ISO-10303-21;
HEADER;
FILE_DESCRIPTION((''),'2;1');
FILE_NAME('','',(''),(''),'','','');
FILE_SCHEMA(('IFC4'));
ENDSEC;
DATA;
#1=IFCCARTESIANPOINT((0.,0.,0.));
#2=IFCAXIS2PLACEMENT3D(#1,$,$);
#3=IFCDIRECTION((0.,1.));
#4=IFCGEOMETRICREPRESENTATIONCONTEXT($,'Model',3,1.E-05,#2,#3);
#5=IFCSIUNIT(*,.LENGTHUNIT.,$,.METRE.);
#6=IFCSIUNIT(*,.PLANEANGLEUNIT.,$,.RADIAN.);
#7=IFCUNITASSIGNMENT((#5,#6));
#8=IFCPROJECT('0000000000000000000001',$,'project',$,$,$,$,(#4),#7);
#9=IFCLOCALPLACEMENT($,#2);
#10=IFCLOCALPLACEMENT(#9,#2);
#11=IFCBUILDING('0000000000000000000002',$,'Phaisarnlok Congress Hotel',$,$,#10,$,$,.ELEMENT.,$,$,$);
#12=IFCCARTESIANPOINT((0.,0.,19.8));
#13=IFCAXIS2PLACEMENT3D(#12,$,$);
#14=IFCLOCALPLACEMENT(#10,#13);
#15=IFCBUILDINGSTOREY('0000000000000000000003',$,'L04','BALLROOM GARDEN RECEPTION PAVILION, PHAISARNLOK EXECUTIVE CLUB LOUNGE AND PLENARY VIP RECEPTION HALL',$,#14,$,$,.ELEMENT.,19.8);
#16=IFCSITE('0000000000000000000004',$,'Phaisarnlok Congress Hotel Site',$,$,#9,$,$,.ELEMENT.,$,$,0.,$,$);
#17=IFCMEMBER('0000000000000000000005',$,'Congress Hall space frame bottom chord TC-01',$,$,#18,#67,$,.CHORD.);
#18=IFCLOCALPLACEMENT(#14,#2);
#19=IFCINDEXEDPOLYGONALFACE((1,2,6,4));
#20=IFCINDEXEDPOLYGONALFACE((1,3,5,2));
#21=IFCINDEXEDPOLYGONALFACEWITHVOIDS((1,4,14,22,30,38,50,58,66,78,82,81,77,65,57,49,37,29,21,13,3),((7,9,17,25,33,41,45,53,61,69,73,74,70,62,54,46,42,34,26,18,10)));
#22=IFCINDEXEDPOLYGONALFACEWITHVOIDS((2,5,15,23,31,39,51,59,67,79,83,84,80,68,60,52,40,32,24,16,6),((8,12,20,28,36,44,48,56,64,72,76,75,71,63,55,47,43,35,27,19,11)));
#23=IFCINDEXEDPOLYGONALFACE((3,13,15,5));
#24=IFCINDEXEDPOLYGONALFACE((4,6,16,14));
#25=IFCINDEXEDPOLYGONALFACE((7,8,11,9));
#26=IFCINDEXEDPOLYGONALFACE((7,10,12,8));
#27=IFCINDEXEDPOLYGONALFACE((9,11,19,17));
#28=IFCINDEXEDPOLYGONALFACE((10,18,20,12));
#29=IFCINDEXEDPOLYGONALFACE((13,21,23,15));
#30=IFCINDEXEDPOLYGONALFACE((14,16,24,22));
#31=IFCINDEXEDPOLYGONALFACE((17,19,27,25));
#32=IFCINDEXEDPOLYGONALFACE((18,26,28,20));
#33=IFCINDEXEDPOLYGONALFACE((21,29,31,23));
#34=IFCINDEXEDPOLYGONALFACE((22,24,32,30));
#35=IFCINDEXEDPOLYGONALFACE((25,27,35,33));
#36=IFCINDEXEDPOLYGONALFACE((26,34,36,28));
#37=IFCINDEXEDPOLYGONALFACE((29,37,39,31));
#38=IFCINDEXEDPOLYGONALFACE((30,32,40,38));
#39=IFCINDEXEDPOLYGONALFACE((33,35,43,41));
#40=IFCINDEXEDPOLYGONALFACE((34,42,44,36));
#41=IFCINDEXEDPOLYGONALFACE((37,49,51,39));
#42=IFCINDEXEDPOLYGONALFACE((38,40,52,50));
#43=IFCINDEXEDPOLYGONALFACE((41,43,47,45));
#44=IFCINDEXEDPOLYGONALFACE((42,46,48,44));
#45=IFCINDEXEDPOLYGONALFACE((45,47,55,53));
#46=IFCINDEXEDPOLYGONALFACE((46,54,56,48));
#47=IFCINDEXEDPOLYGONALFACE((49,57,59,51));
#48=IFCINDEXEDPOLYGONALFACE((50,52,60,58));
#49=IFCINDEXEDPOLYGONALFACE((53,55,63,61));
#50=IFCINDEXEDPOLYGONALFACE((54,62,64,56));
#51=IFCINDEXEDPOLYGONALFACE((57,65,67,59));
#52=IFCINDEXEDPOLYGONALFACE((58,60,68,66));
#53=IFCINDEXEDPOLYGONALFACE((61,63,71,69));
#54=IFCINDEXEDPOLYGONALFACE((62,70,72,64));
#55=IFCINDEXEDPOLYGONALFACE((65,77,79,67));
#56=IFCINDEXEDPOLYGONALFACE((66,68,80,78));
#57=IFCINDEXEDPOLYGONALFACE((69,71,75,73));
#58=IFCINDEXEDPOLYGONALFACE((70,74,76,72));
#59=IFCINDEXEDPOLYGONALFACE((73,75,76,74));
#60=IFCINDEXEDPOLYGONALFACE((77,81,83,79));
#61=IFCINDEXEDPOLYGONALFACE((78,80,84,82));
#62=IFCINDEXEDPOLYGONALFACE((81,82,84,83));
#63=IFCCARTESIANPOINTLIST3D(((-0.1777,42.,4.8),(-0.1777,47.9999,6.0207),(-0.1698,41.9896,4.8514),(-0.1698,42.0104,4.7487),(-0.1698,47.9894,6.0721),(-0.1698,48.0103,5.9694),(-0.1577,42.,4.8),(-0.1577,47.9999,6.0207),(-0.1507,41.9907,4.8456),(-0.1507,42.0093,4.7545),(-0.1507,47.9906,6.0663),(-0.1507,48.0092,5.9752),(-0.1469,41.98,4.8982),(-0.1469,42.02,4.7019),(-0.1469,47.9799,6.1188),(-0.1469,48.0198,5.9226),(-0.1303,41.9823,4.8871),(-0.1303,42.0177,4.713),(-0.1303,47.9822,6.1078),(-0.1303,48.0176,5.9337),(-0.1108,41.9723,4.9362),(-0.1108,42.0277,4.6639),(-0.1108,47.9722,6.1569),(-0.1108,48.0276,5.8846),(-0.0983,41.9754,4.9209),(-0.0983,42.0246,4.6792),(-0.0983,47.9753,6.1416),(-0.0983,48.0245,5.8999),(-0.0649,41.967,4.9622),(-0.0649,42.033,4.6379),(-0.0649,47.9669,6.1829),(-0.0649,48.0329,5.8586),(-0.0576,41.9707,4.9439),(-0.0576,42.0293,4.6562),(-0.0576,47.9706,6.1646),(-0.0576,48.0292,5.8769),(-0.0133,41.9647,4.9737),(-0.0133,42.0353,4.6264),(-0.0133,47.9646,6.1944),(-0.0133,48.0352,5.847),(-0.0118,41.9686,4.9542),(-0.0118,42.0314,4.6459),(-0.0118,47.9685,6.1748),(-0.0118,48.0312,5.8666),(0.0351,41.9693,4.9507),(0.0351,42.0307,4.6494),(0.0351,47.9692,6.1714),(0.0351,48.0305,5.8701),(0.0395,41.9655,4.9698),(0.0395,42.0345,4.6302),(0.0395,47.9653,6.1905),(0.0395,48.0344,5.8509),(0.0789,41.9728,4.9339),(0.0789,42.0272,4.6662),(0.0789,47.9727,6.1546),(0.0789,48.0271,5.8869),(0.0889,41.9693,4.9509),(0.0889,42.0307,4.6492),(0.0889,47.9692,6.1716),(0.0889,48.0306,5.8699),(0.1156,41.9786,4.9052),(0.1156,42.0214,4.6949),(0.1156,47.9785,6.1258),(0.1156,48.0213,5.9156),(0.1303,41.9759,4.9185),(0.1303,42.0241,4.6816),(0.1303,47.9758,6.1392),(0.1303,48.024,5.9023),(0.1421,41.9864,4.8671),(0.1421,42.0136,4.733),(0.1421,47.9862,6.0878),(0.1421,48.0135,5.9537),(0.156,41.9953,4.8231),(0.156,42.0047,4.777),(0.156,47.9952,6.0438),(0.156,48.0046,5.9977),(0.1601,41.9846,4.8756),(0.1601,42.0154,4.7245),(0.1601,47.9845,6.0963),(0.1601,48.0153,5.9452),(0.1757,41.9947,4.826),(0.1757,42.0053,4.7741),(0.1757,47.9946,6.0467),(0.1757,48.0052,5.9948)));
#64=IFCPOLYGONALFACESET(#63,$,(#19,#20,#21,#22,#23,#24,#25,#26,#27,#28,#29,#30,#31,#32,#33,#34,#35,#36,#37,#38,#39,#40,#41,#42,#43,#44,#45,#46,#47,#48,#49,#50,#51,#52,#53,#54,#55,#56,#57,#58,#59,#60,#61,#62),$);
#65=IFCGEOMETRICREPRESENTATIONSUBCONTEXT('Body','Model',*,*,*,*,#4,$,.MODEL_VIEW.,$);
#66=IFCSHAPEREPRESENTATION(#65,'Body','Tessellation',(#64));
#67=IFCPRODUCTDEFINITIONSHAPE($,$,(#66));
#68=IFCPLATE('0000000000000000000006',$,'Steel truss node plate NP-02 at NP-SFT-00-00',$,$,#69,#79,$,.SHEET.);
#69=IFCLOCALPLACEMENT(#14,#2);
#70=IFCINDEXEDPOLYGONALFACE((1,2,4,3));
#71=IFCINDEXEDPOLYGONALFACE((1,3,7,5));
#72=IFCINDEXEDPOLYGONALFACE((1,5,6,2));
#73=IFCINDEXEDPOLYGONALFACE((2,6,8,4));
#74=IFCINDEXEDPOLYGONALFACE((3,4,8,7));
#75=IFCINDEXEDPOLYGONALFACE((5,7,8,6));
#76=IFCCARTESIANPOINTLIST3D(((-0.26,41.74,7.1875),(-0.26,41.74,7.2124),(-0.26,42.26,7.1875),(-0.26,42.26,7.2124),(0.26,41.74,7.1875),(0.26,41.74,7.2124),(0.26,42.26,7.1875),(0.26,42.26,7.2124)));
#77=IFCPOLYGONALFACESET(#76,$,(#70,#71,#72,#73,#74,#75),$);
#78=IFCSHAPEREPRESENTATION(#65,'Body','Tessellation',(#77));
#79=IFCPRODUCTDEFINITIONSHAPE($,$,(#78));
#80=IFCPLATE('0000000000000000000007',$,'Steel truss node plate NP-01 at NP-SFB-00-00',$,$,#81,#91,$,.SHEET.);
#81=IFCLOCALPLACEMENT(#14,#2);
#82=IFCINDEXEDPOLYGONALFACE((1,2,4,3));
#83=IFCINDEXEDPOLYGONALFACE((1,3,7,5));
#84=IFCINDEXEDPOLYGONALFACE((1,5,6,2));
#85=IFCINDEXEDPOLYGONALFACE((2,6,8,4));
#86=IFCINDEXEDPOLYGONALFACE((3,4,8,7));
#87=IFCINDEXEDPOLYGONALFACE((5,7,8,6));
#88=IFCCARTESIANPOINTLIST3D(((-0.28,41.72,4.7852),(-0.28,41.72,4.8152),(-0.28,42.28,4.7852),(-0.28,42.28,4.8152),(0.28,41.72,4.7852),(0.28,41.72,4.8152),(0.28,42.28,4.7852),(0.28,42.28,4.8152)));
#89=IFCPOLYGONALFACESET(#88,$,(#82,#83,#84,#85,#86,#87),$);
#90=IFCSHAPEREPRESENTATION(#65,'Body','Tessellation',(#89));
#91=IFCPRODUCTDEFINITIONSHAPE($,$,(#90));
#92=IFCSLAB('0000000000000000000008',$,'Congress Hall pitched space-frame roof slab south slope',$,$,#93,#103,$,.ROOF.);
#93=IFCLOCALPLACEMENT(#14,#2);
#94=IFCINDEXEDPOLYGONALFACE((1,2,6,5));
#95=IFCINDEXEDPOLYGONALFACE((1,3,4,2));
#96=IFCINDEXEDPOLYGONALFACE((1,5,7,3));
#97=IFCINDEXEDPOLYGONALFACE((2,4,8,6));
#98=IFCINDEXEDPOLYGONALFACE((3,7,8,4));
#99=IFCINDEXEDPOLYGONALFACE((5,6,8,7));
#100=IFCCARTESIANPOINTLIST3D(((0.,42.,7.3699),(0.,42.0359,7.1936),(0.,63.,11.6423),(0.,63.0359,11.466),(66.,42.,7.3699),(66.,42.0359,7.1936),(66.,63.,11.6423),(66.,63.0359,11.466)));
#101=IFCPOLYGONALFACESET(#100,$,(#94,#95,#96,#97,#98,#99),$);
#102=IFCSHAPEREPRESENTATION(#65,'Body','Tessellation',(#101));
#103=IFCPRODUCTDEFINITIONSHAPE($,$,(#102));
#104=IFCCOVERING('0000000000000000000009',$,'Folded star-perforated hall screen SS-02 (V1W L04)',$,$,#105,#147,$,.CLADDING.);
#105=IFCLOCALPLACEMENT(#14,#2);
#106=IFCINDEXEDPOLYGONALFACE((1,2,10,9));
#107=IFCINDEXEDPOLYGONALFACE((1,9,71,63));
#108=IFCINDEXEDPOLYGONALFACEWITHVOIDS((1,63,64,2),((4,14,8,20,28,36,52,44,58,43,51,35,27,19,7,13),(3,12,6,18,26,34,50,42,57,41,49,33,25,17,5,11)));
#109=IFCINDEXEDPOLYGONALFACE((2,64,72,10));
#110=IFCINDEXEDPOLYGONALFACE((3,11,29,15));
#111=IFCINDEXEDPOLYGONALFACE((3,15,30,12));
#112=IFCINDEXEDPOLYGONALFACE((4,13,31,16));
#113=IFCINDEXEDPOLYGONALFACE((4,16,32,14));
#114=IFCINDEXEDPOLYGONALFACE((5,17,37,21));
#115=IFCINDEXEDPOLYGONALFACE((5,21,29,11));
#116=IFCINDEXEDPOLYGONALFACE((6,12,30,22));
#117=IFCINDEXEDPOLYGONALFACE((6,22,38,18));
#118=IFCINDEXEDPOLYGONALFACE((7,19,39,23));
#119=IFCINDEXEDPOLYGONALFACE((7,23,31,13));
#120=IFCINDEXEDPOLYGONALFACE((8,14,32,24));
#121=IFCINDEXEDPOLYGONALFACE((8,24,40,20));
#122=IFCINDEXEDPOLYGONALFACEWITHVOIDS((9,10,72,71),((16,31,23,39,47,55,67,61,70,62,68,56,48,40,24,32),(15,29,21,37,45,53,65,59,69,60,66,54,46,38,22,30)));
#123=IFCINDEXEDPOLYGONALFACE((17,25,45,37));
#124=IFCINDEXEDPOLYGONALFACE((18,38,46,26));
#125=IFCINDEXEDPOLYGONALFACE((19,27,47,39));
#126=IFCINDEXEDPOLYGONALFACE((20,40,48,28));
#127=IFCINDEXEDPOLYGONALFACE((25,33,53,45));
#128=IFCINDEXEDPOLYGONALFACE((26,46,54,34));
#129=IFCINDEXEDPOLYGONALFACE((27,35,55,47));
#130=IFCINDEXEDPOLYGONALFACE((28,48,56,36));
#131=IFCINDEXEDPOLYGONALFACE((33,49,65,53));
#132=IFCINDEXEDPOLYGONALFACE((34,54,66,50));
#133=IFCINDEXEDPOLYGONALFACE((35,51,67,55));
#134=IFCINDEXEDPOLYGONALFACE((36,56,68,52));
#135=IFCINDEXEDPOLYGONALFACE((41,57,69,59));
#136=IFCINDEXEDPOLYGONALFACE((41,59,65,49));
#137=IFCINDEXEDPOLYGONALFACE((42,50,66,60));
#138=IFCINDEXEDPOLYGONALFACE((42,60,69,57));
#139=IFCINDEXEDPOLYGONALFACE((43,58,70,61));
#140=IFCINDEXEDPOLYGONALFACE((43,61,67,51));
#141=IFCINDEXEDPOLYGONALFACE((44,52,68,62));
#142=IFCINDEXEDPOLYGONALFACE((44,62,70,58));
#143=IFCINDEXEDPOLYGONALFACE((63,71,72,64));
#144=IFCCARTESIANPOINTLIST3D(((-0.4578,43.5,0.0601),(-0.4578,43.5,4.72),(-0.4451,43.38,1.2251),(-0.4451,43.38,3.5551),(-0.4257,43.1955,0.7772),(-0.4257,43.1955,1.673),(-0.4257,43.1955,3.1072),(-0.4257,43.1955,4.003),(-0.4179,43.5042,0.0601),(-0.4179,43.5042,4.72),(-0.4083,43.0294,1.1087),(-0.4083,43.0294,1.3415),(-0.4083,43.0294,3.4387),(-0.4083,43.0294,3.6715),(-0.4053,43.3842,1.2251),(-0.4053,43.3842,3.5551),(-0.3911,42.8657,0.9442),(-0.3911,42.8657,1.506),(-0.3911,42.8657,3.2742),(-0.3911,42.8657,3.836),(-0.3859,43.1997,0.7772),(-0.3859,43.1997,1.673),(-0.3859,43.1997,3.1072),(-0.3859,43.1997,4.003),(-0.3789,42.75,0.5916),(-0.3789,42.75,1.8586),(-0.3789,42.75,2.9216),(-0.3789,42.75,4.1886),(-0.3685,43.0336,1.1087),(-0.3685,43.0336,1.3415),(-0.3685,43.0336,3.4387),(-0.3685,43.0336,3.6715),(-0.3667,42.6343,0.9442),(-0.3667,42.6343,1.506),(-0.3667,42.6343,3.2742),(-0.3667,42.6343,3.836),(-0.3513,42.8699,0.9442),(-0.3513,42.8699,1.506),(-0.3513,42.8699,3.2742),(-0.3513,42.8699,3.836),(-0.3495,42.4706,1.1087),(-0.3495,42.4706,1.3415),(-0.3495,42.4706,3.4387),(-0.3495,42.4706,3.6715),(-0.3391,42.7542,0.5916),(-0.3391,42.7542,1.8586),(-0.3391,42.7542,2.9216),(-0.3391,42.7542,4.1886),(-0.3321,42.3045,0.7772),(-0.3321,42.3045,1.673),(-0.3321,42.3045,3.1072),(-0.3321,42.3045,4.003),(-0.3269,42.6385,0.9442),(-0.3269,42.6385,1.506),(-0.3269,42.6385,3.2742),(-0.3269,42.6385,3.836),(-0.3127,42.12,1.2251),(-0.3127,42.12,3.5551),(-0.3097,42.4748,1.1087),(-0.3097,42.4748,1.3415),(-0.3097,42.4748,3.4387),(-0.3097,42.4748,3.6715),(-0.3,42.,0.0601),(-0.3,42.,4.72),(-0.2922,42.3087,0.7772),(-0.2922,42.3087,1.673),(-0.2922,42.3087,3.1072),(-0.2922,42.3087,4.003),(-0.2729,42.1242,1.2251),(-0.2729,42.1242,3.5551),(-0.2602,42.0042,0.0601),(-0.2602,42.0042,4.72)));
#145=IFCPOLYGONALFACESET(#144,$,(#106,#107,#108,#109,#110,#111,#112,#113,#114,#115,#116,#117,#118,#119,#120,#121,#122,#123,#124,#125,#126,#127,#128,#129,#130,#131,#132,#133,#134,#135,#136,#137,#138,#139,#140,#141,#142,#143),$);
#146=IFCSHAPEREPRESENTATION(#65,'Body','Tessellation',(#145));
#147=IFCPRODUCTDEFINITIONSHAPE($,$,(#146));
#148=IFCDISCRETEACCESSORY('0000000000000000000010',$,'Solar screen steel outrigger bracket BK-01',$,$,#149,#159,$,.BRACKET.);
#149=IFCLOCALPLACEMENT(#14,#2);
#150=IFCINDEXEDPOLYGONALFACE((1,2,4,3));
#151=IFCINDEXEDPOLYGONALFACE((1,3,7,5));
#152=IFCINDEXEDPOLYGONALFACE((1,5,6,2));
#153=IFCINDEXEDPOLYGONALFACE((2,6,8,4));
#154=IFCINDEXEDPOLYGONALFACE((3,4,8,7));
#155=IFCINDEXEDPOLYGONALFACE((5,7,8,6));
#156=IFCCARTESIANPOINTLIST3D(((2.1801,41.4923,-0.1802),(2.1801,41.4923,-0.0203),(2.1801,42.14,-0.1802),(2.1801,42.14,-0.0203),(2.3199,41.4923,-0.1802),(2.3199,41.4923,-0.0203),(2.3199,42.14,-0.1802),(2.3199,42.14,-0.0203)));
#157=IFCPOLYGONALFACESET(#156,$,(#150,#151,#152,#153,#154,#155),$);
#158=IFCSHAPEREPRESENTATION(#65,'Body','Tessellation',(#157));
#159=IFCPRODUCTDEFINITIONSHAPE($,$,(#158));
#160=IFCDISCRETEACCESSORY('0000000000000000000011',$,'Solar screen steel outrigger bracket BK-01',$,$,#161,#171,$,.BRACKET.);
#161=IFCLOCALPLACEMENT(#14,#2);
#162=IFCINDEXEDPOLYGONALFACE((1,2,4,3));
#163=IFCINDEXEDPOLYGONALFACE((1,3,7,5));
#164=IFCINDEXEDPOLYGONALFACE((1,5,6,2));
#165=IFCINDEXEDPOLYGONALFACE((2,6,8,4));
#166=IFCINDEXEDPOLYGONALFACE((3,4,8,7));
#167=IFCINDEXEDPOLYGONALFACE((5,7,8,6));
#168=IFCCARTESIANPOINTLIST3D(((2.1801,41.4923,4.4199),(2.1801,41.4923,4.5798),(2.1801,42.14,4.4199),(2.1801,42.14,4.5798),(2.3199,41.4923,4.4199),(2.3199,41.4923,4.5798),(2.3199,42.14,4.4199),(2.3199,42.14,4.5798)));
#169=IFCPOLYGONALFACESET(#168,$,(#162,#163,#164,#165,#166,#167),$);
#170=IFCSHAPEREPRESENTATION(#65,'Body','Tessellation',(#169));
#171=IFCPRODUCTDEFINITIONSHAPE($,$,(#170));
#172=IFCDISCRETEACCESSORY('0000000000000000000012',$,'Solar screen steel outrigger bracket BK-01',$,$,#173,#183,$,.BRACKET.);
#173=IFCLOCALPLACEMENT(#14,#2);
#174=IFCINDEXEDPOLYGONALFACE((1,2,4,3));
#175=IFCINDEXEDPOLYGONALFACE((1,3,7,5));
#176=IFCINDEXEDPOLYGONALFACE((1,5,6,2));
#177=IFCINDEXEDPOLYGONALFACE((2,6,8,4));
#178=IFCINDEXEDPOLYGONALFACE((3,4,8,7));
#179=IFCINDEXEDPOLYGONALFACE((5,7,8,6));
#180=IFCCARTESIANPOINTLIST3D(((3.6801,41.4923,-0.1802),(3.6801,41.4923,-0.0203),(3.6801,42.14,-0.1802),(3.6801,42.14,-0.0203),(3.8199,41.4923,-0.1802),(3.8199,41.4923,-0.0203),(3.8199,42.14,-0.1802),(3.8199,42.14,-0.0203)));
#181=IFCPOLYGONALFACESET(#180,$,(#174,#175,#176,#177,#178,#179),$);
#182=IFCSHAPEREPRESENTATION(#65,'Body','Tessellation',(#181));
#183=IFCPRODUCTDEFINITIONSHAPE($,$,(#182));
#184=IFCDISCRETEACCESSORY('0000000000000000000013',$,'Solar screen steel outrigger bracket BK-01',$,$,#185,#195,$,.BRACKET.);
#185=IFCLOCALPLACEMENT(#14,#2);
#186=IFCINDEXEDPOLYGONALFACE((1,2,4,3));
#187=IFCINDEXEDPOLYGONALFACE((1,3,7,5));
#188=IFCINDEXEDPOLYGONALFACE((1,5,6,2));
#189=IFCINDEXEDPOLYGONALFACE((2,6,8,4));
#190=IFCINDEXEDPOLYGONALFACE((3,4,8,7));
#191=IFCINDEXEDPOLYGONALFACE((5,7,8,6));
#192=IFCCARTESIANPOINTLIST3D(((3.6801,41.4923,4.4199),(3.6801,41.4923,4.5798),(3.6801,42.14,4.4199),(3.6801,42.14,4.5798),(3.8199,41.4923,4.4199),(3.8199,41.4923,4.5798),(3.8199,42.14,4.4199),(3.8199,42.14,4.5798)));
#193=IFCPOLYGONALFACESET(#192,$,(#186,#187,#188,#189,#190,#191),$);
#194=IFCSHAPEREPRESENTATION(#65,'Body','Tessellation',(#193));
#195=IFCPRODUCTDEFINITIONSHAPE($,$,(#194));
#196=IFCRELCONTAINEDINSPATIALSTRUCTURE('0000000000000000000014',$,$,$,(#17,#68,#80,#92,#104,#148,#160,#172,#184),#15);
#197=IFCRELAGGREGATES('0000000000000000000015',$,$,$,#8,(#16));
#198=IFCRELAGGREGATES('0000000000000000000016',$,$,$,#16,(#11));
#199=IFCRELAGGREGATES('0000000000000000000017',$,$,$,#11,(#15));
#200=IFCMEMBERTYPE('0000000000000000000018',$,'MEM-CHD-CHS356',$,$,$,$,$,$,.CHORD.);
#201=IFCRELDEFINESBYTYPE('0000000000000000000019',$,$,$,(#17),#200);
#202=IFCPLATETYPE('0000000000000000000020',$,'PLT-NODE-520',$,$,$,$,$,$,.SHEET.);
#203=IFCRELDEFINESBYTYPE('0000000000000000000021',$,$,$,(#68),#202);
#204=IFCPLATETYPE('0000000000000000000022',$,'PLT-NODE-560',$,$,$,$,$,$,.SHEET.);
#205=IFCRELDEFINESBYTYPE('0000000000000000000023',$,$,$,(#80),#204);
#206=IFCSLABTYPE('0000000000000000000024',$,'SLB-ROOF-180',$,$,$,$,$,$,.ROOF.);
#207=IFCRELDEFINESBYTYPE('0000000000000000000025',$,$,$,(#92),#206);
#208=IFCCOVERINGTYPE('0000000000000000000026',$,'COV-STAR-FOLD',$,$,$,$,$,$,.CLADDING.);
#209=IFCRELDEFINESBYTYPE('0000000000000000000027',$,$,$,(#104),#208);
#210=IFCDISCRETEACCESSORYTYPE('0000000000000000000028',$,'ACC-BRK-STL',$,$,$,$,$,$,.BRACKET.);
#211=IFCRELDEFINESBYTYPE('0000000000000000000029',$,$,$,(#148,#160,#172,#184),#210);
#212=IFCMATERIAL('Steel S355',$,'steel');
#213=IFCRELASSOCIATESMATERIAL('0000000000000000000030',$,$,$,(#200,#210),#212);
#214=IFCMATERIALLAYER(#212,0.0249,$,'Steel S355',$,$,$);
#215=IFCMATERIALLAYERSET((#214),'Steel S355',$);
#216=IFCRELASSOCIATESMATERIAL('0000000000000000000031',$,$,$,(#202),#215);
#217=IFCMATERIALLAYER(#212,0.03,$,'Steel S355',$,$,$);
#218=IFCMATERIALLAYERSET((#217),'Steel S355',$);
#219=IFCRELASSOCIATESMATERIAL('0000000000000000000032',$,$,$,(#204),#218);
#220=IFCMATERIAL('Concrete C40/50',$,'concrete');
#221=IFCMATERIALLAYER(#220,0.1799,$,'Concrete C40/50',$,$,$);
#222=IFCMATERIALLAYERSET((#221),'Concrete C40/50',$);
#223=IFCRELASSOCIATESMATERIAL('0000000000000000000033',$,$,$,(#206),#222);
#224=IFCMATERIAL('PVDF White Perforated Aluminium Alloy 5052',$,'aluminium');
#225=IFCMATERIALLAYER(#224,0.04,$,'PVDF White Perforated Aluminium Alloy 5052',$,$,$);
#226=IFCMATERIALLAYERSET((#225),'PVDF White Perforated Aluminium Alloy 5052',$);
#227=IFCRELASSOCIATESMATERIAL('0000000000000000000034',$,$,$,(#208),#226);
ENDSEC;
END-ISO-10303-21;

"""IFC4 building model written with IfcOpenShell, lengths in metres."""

from ifc_helpers import new_model, si_unit, direction, frame, origin, origin_2d, place, context, subcontext, project, spatial, polyline, rectangle, hollow_circle, outline, extrude, material, layer, layer_set, material_profile, profile_set, type_object, element, save


model = new_model("IFC4")

# Units and contexts
model_context = context("Model", 3, precision=1e-05, world=origin(), true_north=direction((0.0, 1.0)))
body_context = subcontext(model_context, "Body", "Model", "MODEL_VIEW")
ifc_project = project(units=[si_unit("LENGTHUNIT", "METRE"), si_unit("PLANEANGLEUNIT", "RADIAN")], contexts=[model_context])

# Site, building, storey
site_placement = place(None, origin())
site = spatial("IfcSite", under=ifc_project, at=site_placement, Name="Phaisarnlok Congress Hotel Site", CompositionType="ELEMENT", RefElevation=0.0)
building_placement = place(site_placement, origin())
building = spatial("IfcBuilding", under=site, at=building_placement, Name="Phaisarnlok Congress Hotel", CompositionType="ELEMENT")
storey_placement = place(building_placement, frame((0.0, 0.0, 19.8)))
storey = spatial("IfcBuildingStorey", under=building, at=storey_placement, Name="L04", Description="BALLROOM GARDEN RECEPTION PAVILION, PHAISARNLOK EXECUTIVE CLUB LOUNGE AND PLENARY VIP RECEPTION HALL", CompositionType="ELEMENT", Elevation=19.8)

# Member
ifc_material_1 = material(Name="Steel S355", Category="steel")
ifc_material_profile_1 = material_profile(ifc_material_1, hollow_circle(Radius=0.1777, WallThickness=0.02, at=origin_2d()), Name="CHS 355.6x20")
ifc_profile_set_1 = profile_set([ifc_material_profile_1], Name="Steel S355")
member_type_1 = type_object("IfcMemberType", Name="MEM-CHD-CHS356", PredefinedType="CHORD", material=ifc_profile_set_1)
member_1_placement = place(storey_placement, frame((0.0, 42.0, 4.8), z_axis=(0.0, 0.979925, 0.199366), x_axis=(-1.0, 0.0, 0.0)))
element("IfcMember", 1, at=member_1_placement, inside=storey, type_object=member_type_1, Name="Congress Hall space frame bottom chord TC-01", PredefinedType="CHORD", context=body_context, shape_type="SweptSolid", body=[
    extrude(hollow_circle(Radius=0.1777, WallThickness=0.02, at=origin_2d()), origin(), (0.0, 0.0, 1.0), 6.1228),
])

# Plates
ifc_layer_1 = layer(ifc_material_1, 0.0249, Name="Steel S355")
ifc_layer_set_1 = layer_set([ifc_layer_1], Name="Steel S355")
plate_type_1 = type_object("IfcPlateType", Name="PLT-NODE-520", PredefinedType="SHEET", material=ifc_layer_set_1)
plate_1_placement = place(storey_placement, frame((0.0, 42.0, 7.1875), z_axis=(0.0, 0.0, 1.0), x_axis=(1.0, 0.0, 0.0)))
element("IfcPlate", 2, at=plate_1_placement, inside=storey, type_object=plate_type_1, Name="Steel truss node plate NP-02 at NP-SFT-00-00", PredefinedType="SHEET", context=body_context, shape_type="SweptSolid", body=[
    extrude(rectangle(XDim=0.52, YDim=0.52, at=origin_2d()), origin(), (0.0, 0.0, 1.0), 0.0249),
])
ifc_layer_2 = layer(ifc_material_1, 0.03, Name="Steel S355")
ifc_layer_set_2 = layer_set([ifc_layer_2], Name="Steel S355")
plate_type_2 = type_object("IfcPlateType", Name="PLT-NODE-560", PredefinedType="SHEET", material=ifc_layer_set_2)
plate_2_placement = place(storey_placement, frame((0.0, 42.0, 4.7852), z_axis=(0.0, 0.0, 1.0), x_axis=(1.0, 0.0, 0.0)))
element("IfcPlate", 3, at=plate_2_placement, inside=storey, type_object=plate_type_2, Name="Steel truss node plate NP-01 at NP-SFB-00-00", PredefinedType="SHEET", context=body_context, shape_type="SweptSolid", body=[
    extrude(rectangle(XDim=0.5601, YDim=0.5601, at=origin_2d()), origin(), (0.0, 0.0, 1.0), 0.03),
])

# Slab
ifc_material_2 = material(Name="Concrete C40/50", Category="concrete")
ifc_layer_3 = layer(ifc_material_2, 0.1799, Name="Concrete C40/50")
ifc_layer_set_3 = layer_set([ifc_layer_3], Name="Concrete C40/50")
slab_type = type_object("IfcSlabType", Name="SLB-ROOF-180", PredefinedType="ROOF", material=ifc_layer_set_3)
slab_placement = place(storey_placement, frame((0.0, 42.0, 7.3699), z_axis=(0.0, -0.199366, 0.979925), x_axis=(1.0, 0.0, 0.0)))
element("IfcSlab", 4, at=slab_placement, inside=storey, type_object=slab_type, Name="Congress Hall pitched space-frame roof slab south slope", PredefinedType="ROOF", context=body_context, shape_type="SweptSolid", body=[
    extrude(outline(polyline([(0.0, 0.0), (66.0, 0.0), (66.0, 21.4302), (0.0, 21.4302), (0.0, 0.0)])), origin(), (0.0, 0.0, -1.0), 0.1799),
])

# Covering
ifc_material_3 = material(Name="PVDF White Perforated Aluminium Alloy 5052", Category="aluminium")
ifc_layer_4 = layer(ifc_material_3, 0.04, Name="PVDF White Perforated Aluminium Alloy 5052")
ifc_layer_set_4 = layer_set([ifc_layer_4], Name="PVDF White Perforated Aluminium Alloy 5052")
covering_type = type_object("IfcCoveringType", Name="COV-STAR-FOLD", PredefinedType="CLADDING", material=ifc_layer_set_4)
covering_placement = place(storey_placement, frame((-0.3, 42.0, 0.0601), z_axis=(0.994518, 0.104567, 0.0), x_axis=(-0.104567, 0.994518, 0.0)))
element("IfcCovering", 5, at=covering_placement, inside=storey, type_object=covering_type, Name="Folded star-perforated hall screen SS-02 (V1W L04)", PredefinedType="CLADDING", context=body_context, shape_type="SweptSolid", body=[
    extrude(outline(polyline([(0.0, 0.0), (1.5083, 0.0), (1.5083, 4.6599), (0.0, 4.6599), (0.0, 0.0)]), holes=[polyline([(1.0351, 1.0486), (1.2021, 0.7171), (0.8705, 0.8841), (0.7541, 0.5315), (0.6378, 0.8841), (0.3062, 0.7171), (0.4732, 1.0486), (0.1207, 1.165), (0.4732, 1.2814), (0.3062, 1.6129), (0.6378, 1.4459), (0.7541, 1.7985), (0.8705, 1.4459), (1.2021, 1.6129), (1.0351, 1.2814), (1.3876, 1.165), (1.0351, 1.0486)]), polyline([(1.0351, 3.3786), (1.2021, 3.0471), (0.8705, 3.2141), (0.7541, 2.8615), (0.6378, 3.2141), (0.3062, 3.0471), (0.4732, 3.3786), (0.1207, 3.495), (0.4732, 3.6114), (0.3062, 3.9429), (0.6378, 3.7759), (0.7541, 4.1285), (0.8705, 3.7759), (1.2021, 3.9429), (1.0351, 3.6114), (1.3876, 3.495), (1.0351, 3.3786)])]), origin(), (0.0, 0.0, 1.0), 0.04),
])

# Discrete accessories
discrete_accessory_type = type_object("IfcDiscreteAccessoryType", Name="ACC-BRK-STL", PredefinedType="BRACKET", material=ifc_material_1)
for number, where, z_axis, x_axis, name in (
    (6, (2.25, 41.8162, -0.1802), (0.0, 0.0, 1.0), (1.0, 0.0, 0.0), "Solar screen steel outrigger bracket BK-01"),
    (7, (2.25, 41.8162, 4.4199), (0.0, 0.0, 1.0), (1.0, 0.0, 0.0), "Solar screen steel outrigger bracket BK-01"),
    (8, (3.75, 41.8162, -0.1802), (0.0, 0.0, 1.0), (1.0, 0.0, 0.0), "Solar screen steel outrigger bracket BK-01"),
    (9, (3.75, 41.8162, 4.4199), (0.0, 0.0, 1.0), (1.0, 0.0, 0.0), "Solar screen steel outrigger bracket BK-01"),
):
    element("IfcDiscreteAccessory", number, at=place(storey_placement, frame(where, z_axis=z_axis, x_axis=x_axis)), inside=storey, type_object=discrete_accessory_type, Name=name, PredefinedType="BRACKET", context=body_context, shape_type="SweptSolid", body=[
        extrude(rectangle(XDim=0.1399, YDim=0.6477, at=origin_2d()), origin(), (0.0, 0.0, 1.0), 0.1599),
    ])

save(model, "model.ifc")
